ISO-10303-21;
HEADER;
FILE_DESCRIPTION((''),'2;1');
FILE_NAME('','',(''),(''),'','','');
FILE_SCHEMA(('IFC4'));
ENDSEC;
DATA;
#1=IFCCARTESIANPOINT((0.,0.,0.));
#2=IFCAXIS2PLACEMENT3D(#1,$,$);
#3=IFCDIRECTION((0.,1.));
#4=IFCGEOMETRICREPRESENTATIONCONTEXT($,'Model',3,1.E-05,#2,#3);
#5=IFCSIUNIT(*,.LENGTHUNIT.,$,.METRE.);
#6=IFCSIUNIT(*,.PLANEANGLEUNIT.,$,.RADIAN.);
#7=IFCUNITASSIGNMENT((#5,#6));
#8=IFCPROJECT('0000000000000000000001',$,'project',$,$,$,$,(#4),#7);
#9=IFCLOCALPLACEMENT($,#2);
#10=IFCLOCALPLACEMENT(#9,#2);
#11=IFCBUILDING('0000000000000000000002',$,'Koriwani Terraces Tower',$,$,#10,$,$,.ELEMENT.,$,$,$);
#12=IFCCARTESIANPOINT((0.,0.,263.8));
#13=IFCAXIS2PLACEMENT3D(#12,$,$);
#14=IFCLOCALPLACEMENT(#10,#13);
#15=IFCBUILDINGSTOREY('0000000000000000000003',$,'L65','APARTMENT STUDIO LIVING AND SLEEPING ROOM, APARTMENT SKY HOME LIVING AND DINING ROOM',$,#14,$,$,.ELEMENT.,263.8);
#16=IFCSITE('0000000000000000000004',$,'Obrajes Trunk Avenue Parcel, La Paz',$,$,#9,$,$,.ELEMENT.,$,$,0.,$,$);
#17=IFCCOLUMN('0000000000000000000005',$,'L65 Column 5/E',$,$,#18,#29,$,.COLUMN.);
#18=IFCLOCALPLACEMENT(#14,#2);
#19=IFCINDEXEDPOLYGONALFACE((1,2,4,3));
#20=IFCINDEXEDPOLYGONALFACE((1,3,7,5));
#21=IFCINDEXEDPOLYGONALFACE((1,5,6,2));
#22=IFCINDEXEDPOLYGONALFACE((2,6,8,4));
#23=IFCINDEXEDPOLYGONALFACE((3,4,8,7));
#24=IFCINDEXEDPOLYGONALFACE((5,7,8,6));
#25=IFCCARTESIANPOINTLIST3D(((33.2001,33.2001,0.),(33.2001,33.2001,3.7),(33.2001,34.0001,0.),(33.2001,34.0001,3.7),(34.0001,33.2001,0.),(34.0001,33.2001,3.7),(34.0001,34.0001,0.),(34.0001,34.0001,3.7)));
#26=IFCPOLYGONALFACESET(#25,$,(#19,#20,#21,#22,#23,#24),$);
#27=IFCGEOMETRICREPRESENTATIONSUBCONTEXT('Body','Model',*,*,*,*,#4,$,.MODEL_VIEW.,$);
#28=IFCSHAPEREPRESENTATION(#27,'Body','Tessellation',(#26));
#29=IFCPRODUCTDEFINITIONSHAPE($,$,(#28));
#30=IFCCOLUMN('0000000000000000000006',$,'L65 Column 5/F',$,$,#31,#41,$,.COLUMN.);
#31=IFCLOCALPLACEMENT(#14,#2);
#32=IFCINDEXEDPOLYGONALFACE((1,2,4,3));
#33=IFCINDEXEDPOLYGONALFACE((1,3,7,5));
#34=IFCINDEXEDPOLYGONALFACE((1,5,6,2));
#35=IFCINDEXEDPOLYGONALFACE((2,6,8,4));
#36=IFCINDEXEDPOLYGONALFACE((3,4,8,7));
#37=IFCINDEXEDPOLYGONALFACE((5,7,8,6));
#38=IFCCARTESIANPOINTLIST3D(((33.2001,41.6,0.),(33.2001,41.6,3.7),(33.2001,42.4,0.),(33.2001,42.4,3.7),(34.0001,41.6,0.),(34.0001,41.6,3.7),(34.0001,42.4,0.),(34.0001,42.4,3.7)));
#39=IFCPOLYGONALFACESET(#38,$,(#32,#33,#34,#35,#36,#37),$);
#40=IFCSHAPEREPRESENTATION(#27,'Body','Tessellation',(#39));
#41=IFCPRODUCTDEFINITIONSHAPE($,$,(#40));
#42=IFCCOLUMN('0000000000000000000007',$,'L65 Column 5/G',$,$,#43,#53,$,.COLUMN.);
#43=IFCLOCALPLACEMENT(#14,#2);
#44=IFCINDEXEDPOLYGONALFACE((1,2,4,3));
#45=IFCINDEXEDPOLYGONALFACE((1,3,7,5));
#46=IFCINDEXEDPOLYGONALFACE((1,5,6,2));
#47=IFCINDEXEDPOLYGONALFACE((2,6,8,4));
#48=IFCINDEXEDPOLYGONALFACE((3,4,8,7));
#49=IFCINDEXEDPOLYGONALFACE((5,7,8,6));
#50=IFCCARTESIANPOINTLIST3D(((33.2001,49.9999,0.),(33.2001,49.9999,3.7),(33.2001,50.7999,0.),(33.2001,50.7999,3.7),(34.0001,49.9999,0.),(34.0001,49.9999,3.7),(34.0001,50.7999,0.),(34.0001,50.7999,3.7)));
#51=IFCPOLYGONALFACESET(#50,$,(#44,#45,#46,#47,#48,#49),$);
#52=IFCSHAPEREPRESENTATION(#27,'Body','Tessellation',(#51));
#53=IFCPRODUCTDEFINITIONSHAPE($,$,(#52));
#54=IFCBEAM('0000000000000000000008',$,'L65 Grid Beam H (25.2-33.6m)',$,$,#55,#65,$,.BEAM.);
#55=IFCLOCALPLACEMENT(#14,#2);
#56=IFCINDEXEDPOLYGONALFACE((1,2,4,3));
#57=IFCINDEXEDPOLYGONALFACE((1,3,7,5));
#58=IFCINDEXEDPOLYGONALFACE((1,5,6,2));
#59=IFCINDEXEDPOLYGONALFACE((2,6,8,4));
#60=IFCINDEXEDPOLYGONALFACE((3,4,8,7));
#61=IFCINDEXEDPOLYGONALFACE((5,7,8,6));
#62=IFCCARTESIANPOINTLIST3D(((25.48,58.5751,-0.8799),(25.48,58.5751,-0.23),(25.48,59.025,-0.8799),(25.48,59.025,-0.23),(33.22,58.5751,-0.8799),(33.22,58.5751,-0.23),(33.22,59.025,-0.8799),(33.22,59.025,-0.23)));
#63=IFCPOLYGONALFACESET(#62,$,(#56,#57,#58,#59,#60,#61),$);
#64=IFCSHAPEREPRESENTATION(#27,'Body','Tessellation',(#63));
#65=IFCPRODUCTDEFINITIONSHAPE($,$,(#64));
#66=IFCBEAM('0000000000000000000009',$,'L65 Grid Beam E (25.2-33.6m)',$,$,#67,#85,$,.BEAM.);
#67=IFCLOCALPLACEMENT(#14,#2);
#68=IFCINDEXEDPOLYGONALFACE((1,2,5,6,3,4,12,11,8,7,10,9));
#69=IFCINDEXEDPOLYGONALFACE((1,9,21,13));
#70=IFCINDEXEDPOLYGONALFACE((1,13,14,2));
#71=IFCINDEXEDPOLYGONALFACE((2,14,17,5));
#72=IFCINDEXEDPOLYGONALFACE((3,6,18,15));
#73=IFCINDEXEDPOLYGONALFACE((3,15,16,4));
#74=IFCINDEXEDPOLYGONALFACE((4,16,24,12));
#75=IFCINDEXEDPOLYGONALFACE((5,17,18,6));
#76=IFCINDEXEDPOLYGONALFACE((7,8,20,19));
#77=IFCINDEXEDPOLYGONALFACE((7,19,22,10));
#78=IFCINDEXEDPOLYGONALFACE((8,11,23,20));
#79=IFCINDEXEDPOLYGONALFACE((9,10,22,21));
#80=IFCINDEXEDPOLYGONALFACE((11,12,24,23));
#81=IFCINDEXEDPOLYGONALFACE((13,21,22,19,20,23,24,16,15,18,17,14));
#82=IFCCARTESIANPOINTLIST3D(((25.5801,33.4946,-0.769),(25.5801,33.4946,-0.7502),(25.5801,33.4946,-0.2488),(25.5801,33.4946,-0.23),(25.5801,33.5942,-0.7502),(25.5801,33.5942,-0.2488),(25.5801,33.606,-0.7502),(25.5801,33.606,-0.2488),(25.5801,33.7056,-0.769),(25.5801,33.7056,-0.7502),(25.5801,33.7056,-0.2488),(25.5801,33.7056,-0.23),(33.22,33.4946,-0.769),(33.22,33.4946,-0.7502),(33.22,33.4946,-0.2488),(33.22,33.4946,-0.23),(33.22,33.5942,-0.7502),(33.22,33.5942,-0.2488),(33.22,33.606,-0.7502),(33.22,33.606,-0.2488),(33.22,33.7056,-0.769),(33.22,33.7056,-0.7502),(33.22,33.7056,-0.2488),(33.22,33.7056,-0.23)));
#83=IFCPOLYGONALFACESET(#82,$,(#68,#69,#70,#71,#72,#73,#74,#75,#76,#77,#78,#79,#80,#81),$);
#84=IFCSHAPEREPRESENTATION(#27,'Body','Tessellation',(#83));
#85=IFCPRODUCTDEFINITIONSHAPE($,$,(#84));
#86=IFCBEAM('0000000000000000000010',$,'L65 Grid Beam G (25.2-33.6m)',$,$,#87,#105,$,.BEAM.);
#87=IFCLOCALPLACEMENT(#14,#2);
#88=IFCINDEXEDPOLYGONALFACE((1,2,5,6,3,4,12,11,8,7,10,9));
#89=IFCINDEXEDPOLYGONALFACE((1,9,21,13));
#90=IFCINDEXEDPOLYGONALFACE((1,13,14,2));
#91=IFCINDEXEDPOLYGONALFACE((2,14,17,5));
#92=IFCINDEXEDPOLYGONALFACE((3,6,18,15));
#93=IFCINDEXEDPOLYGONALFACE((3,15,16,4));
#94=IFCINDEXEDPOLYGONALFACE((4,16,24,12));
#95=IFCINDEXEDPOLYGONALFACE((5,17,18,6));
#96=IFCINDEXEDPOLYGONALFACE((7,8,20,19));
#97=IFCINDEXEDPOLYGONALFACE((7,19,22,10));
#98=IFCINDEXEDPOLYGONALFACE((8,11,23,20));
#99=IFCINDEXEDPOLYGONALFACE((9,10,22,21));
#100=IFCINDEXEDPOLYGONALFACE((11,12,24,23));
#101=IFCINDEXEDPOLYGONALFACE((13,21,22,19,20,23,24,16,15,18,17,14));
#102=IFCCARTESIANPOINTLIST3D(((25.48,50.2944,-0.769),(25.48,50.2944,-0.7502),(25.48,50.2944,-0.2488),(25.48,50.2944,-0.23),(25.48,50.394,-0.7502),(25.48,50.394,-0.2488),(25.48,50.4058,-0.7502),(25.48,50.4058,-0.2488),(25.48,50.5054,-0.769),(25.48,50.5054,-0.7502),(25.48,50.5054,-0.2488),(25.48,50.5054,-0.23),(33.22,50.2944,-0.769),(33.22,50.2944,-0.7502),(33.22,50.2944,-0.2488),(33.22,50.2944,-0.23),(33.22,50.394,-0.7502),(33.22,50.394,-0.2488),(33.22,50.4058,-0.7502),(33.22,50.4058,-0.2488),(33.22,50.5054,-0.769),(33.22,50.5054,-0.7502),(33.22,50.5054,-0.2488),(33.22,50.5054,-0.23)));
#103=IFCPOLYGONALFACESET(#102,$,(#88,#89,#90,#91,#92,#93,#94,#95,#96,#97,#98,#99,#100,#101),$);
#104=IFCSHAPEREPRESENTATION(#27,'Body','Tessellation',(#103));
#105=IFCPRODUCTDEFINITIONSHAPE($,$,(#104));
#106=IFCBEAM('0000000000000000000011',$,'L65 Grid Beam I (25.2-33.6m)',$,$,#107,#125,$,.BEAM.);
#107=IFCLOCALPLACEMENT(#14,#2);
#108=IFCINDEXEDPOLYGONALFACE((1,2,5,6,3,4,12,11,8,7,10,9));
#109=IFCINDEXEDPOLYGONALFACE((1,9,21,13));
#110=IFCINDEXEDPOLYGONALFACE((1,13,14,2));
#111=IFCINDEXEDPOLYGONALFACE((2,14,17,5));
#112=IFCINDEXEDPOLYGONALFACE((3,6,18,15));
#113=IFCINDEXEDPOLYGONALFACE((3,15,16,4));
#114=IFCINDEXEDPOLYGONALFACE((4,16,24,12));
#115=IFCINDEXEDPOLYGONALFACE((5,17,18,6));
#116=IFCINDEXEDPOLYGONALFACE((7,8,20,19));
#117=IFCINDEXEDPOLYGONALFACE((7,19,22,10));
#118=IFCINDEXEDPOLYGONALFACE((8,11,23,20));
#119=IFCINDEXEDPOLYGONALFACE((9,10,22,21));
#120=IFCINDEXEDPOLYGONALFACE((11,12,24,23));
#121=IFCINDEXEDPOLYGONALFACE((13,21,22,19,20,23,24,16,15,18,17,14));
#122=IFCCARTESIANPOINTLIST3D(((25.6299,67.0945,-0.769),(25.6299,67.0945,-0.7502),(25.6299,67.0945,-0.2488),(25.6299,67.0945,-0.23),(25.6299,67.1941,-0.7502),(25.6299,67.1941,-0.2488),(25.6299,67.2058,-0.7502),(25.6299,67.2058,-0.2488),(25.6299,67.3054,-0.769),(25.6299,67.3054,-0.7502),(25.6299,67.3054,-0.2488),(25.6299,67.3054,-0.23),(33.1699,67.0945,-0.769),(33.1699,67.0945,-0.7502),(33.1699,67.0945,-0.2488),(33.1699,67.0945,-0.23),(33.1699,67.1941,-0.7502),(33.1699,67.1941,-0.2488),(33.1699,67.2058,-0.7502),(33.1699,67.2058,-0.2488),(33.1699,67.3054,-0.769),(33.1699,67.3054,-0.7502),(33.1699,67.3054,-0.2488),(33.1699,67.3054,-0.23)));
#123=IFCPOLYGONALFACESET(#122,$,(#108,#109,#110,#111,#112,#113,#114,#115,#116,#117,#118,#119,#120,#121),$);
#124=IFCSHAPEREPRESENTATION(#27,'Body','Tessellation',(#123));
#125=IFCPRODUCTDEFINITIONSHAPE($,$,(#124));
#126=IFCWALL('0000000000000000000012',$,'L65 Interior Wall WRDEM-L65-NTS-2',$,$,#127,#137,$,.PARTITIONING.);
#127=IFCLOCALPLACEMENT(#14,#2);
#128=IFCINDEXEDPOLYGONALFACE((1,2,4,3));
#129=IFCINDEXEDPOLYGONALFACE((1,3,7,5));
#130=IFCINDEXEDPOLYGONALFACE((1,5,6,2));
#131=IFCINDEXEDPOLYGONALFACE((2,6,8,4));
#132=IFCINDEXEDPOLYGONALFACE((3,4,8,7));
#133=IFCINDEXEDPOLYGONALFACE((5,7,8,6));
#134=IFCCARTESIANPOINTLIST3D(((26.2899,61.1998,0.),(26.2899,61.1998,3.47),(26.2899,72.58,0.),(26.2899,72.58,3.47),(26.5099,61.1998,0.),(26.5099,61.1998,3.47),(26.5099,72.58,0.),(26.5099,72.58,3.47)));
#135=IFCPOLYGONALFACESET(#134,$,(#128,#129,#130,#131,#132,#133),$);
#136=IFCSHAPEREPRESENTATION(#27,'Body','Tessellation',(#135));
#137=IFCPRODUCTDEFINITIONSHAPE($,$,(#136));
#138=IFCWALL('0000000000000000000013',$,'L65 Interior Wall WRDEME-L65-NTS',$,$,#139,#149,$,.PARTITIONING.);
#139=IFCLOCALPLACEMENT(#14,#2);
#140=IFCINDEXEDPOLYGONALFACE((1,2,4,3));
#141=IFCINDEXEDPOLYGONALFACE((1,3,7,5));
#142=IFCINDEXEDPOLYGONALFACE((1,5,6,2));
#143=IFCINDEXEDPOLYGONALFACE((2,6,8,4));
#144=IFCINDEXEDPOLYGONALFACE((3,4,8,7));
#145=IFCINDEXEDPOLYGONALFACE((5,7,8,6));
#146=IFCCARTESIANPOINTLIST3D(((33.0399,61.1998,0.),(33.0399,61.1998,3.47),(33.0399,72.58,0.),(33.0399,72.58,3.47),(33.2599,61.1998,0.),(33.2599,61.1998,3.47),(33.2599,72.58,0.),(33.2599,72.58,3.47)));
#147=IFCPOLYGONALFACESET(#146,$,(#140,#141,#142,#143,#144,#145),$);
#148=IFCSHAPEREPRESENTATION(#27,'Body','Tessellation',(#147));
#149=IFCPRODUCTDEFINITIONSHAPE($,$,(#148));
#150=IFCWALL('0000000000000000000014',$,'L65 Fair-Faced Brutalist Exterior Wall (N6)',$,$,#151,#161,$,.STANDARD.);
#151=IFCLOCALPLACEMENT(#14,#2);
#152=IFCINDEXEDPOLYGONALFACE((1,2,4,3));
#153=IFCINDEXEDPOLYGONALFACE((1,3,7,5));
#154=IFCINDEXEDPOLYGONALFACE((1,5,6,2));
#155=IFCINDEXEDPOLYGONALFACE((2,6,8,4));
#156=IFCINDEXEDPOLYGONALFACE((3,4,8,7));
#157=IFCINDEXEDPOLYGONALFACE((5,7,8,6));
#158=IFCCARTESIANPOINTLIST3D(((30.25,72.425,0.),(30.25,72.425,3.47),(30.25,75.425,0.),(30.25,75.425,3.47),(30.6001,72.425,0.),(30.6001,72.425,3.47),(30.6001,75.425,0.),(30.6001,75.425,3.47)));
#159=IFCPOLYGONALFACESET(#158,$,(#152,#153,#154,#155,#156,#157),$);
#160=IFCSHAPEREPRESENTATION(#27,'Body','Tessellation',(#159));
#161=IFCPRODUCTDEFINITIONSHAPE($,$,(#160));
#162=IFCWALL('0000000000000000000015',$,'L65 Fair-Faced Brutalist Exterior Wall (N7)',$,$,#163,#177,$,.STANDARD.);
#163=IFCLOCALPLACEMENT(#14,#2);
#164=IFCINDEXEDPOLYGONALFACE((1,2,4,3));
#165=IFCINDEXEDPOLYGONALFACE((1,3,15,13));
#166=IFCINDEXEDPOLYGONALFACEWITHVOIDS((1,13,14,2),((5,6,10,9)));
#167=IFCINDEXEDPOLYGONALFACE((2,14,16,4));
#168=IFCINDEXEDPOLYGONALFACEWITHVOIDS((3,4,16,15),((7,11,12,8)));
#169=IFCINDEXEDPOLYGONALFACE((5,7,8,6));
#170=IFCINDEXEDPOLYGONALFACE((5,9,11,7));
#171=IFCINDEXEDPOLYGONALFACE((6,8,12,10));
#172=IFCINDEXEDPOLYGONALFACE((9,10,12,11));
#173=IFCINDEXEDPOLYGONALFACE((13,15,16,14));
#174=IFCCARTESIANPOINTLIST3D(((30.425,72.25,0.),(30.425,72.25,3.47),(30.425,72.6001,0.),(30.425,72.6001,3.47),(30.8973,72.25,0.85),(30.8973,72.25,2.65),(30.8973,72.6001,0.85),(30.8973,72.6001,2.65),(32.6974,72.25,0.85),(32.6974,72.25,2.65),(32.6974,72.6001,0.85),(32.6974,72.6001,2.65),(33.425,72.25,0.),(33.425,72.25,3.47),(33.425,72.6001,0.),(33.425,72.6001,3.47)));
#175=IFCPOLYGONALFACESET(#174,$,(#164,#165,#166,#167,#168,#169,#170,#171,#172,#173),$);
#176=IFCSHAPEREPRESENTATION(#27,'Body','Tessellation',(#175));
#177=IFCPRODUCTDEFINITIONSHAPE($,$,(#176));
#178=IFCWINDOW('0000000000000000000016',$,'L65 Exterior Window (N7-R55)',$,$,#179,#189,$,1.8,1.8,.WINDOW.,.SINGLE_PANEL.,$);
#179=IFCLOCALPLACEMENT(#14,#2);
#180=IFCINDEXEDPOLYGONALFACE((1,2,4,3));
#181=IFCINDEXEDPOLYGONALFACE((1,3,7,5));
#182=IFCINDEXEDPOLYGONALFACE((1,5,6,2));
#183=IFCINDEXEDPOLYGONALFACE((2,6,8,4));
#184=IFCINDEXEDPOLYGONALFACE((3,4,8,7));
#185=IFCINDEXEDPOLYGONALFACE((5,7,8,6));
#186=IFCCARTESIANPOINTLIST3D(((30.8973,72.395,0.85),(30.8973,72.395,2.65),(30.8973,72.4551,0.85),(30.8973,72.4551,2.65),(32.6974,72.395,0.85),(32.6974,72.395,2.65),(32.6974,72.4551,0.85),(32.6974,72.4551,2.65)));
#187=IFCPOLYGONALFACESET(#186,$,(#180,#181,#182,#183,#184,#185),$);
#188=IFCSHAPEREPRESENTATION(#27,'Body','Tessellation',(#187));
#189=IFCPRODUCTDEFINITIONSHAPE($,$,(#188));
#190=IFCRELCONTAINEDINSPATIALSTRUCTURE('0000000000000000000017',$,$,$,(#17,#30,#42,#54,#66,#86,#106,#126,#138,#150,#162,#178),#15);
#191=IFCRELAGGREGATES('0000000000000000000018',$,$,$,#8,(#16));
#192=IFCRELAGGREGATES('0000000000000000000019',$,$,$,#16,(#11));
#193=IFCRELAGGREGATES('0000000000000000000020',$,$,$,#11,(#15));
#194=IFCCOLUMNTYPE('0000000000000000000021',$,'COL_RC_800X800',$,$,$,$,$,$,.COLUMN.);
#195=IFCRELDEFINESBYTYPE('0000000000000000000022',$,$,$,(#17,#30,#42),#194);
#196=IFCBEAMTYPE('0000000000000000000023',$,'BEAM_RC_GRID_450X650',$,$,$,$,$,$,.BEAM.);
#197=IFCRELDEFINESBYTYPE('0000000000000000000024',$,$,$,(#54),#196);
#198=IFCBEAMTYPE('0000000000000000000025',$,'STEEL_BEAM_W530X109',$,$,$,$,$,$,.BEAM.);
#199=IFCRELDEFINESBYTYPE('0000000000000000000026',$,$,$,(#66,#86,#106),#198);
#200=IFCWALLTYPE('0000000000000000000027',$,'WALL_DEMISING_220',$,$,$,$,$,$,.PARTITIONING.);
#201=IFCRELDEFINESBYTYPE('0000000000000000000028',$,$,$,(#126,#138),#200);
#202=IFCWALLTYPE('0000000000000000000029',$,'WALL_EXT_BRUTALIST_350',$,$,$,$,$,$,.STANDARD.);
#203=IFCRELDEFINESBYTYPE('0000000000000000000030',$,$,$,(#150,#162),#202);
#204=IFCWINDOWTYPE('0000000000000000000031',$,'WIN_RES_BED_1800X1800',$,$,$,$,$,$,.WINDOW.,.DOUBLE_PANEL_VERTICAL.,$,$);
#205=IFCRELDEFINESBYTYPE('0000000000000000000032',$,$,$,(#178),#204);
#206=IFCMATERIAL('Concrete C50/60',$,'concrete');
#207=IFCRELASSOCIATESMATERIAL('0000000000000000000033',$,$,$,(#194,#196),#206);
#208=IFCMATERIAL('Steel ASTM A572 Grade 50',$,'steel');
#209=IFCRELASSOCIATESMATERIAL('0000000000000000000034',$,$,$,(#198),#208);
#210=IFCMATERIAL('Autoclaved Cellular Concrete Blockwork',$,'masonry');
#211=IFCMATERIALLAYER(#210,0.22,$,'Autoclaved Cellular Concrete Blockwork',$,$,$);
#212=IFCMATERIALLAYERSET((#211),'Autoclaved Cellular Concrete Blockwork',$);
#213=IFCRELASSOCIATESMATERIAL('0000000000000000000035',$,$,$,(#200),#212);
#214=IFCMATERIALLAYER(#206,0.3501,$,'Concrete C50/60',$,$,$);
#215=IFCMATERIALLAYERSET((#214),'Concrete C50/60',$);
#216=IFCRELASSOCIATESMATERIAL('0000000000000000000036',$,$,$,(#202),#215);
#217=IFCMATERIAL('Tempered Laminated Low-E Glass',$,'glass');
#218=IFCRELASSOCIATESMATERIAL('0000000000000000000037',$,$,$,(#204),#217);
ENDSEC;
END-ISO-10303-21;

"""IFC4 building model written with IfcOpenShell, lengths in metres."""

from ifc_helpers import new_model, si_unit, direction, frame, frame_2d, origin, origin_2d, place, context, subcontext, project, spatial, rectangle, i_section, extrude, material, layer, layer_set, material_profile, profile_set, type_object, element, fill, save


model = new_model("IFC4")

# Units and contexts
model_context = context("Model", 3, precision=1e-05, world=origin(), true_north=direction((0.0, 1.0)))
body_context = subcontext(model_context, "Body", "Model", "MODEL_VIEW")
ifc_project = project(units=[si_unit("LENGTHUNIT", "METRE"), si_unit("PLANEANGLEUNIT", "RADIAN")], contexts=[model_context])

# Site, building, storey
site_placement = place(None, origin())
site = spatial("IfcSite", under=ifc_project, at=site_placement, Name="Obrajes Trunk Avenue Parcel, La Paz", CompositionType="ELEMENT", RefElevation=0.0)
building_placement = place(site_placement, origin())
building = spatial("IfcBuilding", under=site, at=building_placement, Name="Koriwani Terraces Tower", CompositionType="ELEMENT")
storey_placement = place(building_placement, frame((0.0, 0.0, 263.8)))
storey = spatial("IfcBuildingStorey", under=building, at=storey_placement, Name="L65", Description="APARTMENT STUDIO LIVING AND SLEEPING ROOM, APARTMENT SKY HOME LIVING AND DINING ROOM", CompositionType="ELEMENT", Elevation=263.8)

# Columns
ifc_material_1 = material(Name="Concrete C50/60", Category="concrete")
ifc_material_profile_1 = material_profile(ifc_material_1, rectangle(XDim=0.8, YDim=0.8, at=origin_2d()), Name="Concrete C50/60", Category="LoadBearing")
ifc_profile_set_1 = profile_set([ifc_material_profile_1], Name="Concrete C50/60")
column_type = type_object("IfcColumnType", Name="COL_RC_800X800", PredefinedType="COLUMN", material=ifc_profile_set_1)
for number, where, z_axis, x_axis, name in (
    (1, (33.6001, 33.6001, 0.0), (0.0, 0.0, 1.0), (1.0, 0.0, 0.0), "L65 Column 5/E"),
    (2, (33.6001, 42.0, 0.0), (0.0, 0.0, 1.0), (1.0, 0.0, 0.0), "L65 Column 5/F"),
    (3, (33.6001, 50.3999, 0.0), (0.0, 0.0, 1.0), (1.0, 0.0, 0.0), "L65 Column 5/G"),
):
    element("IfcColumn", number, at=place(storey_placement, frame(where, z_axis=z_axis, x_axis=x_axis)), inside=storey, type_object=column_type, Name=name, PredefinedType="COLUMN", context=body_context, shape_type="SweptSolid", body=[
        extrude(rectangle(XDim=0.8, YDim=0.8, at=origin_2d()), origin(), (0.0, 0.0, 1.0), 3.7),
    ])

# Beams
ifc_material_profile_2 = material_profile(ifc_material_1, rectangle(XDim=0.45, YDim=0.6499, at=origin_2d()), Name="Concrete C50/60", Category="LoadBearing")
ifc_profile_set_2 = profile_set([ifc_material_profile_2], Name="Concrete C50/60")
beam_type_1 = type_object("IfcBeamType", Name="BEAM_RC_GRID_450X650", PredefinedType="BEAM", material=ifc_profile_set_2)
beam_1_placement = place(storey_placement, frame((25.48, 58.8, -0.5549), z_axis=(1.0, 0.0, 0.0), x_axis=(0.0, 1.0, 0.0)))
element("IfcBeam", 4, at=beam_1_placement, inside=storey, type_object=beam_type_1, Name="L65 Grid Beam H (25.2-33.6m)", PredefinedType="BEAM", context=body_context, shape_type="SweptSolid", body=[
    extrude(rectangle(XDim=0.45, YDim=0.6499, at=origin_2d()), origin(), (0.0, 0.0, 1.0), 7.74),
])
ifc_material_2 = material(Name="Steel ASTM A572 Grade 50", Category="steel")
ifc_material_profile_3 = material_profile(ifc_material_2, i_section(OverallWidth=0.2109, OverallDepth=0.5391, WebThickness=0.0117, FlangeThickness=0.0188, at=origin_2d()), Name="Steel ASTM A572 Grade 50", Category="LoadBearing")
ifc_profile_set_3 = profile_set([ifc_material_profile_3], Name="Steel ASTM A572 Grade 50")
beam_type_2 = type_object("IfcBeamType", Name="STEEL_BEAM_W530X109", PredefinedType="BEAM", material=ifc_profile_set_3)
beam_2_placement = place(storey_placement, frame((25.5801, 33.6001, -0.4995), z_axis=(1.0, 0.0, 0.0), x_axis=(0.0, 1.0, 0.0)))
element("IfcBeam", 5, at=beam_2_placement, inside=storey, type_object=beam_type_2, Name="L65 Grid Beam E (25.2-33.6m)", PredefinedType="BEAM", context=body_context, shape_type="SweptSolid", body=[
    extrude(i_section(OverallWidth=0.2109, OverallDepth=0.5391, WebThickness=0.0117, FlangeThickness=0.0188, at=origin_2d()), origin(), (0.0, 0.0, 1.0), 7.6399),
])
beam_3_placement = place(storey_placement, frame((25.48, 50.3999, -0.4995), z_axis=(1.0, 0.0, 0.0), x_axis=(0.0, 1.0, 0.0)))
element("IfcBeam", 6, at=beam_3_placement, inside=storey, type_object=beam_type_2, Name="L65 Grid Beam G (25.2-33.6m)", PredefinedType="BEAM", context=body_context, shape_type="SweptSolid", body=[
    extrude(i_section(OverallWidth=0.2109, OverallDepth=0.5391, WebThickness=0.0117, FlangeThickness=0.0188, at=origin_2d()), origin(), (0.0, 0.0, 1.0), 7.74),
])
beam_4_placement = place(storey_placement, frame((25.6299, 67.2, -0.4995), z_axis=(1.0, 0.0, 0.0), x_axis=(0.0, 1.0, 0.0)))
element("IfcBeam", 7, at=beam_4_placement, inside=storey, type_object=beam_type_2, Name="L65 Grid Beam I (25.2-33.6m)", PredefinedType="BEAM", context=body_context, shape_type="SweptSolid", body=[
    extrude(i_section(OverallWidth=0.2109, OverallDepth=0.5391, WebThickness=0.0117, FlangeThickness=0.0188, at=origin_2d()), origin(), (0.0, 0.0, 1.0), 7.54),
])

# Walls
ifc_material_3 = material(Name="Autoclaved Cellular Concrete Blockwork", Category="masonry")
ifc_layer_1 = layer(ifc_material_3, 0.22, Name="Autoclaved Cellular Concrete Blockwork")
ifc_layer_set_1 = layer_set([ifc_layer_1], Name="Autoclaved Cellular Concrete Blockwork")
wall_type_1 = type_object("IfcWallType", Name="WALL_DEMISING_220", PredefinedType="PARTITIONING", material=ifc_layer_set_1)
for number, where, z_axis, x_axis, name in (
    (8, (26.3999, 61.2, 0.0), (0.0, 0.0, 1.0), (0.0, 1.0, 0.0), "L65 Interior Wall WRDEM-L65-NTS-2"),
    (9, (33.1499, 61.2, 0.0), (0.0, 0.0, 1.0), (0.0, 1.0, 0.0), "L65 Interior Wall WRDEME-L65-NTS"),
):
    element("IfcWall", number, at=place(storey_placement, frame(where, z_axis=z_axis, x_axis=x_axis)), inside=storey, type_object=wall_type_1, Name=name, PredefinedType="PARTITIONING", context=body_context, shape_type="SweptSolid", body=[
        extrude(rectangle(XDim=11.3801, YDim=0.22, at=frame_2d((5.6899, 0.0))), origin(), (0.0, 0.0, 1.0), 3.47),
    ])
ifc_layer_2 = layer(ifc_material_1, 0.3501, Name="Concrete C50/60")
ifc_layer_set_2 = layer_set([ifc_layer_2], Name="Concrete C50/60")
wall_type_2 = type_object("IfcWallType", Name="WALL_EXT_BRUTALIST_350", PredefinedType="STANDARD", material=ifc_layer_set_2)
wall_1_placement = place(storey_placement, frame((30.425, 75.425, 0.0), z_axis=(0.0, 0.0, 1.0), x_axis=(0.0, -1.0, 0.0)))
element("IfcWall", 10, at=wall_1_placement, inside=storey, type_object=wall_type_2, Name="L65 Fair-Faced Brutalist Exterior Wall (N6)", PredefinedType="STANDARD", context=body_context, shape_type="SweptSolid", body=[
    extrude(rectangle(XDim=3.0, YDim=0.3501, at=frame_2d((1.5, 0.0))), origin(), (0.0, 0.0, 1.0), 3.47),
])

# Wall, opening, window
wall_2_placement = place(storey_placement, frame((30.425, 72.425, 0.0), z_axis=(0.0, 0.0, 1.0), x_axis=(1.0, 0.0, 0.0)))
wall_2 = element("IfcWall", 11, at=wall_2_placement, inside=storey, type_object=wall_type_2, Name="L65 Fair-Faced Brutalist Exterior Wall (N7)", PredefinedType="STANDARD", context=body_context, shape_type="SweptSolid", body=[
    extrude(rectangle(XDim=3.0, YDim=0.3501, at=frame_2d((1.5, 0.0))), origin(), (0.0, 0.0, 1.0), 3.47),
])
opening_1_placement = place(wall_2_placement, frame((0.4724, 0.0, 0.8501)))
opening_1 = element("IfcOpeningElement", 12, at=opening_1_placement, cuts=wall_2, PredefinedType="OPENING", context=body_context, shape_type="SweptSolid", body=[
    extrude(rectangle(XDim=1.8, YDim=1.8, at=frame_2d((0.8999, 0.8999))), frame((0.0, 0.1851, 0.0), z_axis=(0.0, -1.0, 0.0), x_axis=(1.0, 0.0, 0.0)), (0.0, 0.0, 1.0), 0.3701),
])
ifc_material_4 = material(Name="Tempered Laminated Low-E Glass", Category="glass")
window_type = type_object("IfcWindowType", Name="WIN_RES_BED_1800X1800", PartitioningType="DOUBLE_PANEL_VERTICAL", PredefinedType="WINDOW", material=ifc_material_4)
window_1_placement = place(opening_1_placement, origin())
window_1 = element("IfcWindow", 13, at=window_1_placement, inside=storey, type_object=window_type, Name="L65 Exterior Window (N7-R55)", OverallHeight=1.8, OverallWidth=1.8, PartitioningType="SINGLE_PANEL", PredefinedType="WINDOW", context=body_context, shape_type="SweptSolid", body=[
    extrude(rectangle(XDim=1.8, YDim=1.8, at=frame_2d((0.8999, 0.8999))), frame((0.0, 0.03, 0.0), z_axis=(0.0, -1.0, 0.0), x_axis=(1.0, 0.0, 0.0)), (0.0, 0.0, 1.0), 0.0601),
])
fill(opening_1, window_1)

save(model, "model.ifc")
